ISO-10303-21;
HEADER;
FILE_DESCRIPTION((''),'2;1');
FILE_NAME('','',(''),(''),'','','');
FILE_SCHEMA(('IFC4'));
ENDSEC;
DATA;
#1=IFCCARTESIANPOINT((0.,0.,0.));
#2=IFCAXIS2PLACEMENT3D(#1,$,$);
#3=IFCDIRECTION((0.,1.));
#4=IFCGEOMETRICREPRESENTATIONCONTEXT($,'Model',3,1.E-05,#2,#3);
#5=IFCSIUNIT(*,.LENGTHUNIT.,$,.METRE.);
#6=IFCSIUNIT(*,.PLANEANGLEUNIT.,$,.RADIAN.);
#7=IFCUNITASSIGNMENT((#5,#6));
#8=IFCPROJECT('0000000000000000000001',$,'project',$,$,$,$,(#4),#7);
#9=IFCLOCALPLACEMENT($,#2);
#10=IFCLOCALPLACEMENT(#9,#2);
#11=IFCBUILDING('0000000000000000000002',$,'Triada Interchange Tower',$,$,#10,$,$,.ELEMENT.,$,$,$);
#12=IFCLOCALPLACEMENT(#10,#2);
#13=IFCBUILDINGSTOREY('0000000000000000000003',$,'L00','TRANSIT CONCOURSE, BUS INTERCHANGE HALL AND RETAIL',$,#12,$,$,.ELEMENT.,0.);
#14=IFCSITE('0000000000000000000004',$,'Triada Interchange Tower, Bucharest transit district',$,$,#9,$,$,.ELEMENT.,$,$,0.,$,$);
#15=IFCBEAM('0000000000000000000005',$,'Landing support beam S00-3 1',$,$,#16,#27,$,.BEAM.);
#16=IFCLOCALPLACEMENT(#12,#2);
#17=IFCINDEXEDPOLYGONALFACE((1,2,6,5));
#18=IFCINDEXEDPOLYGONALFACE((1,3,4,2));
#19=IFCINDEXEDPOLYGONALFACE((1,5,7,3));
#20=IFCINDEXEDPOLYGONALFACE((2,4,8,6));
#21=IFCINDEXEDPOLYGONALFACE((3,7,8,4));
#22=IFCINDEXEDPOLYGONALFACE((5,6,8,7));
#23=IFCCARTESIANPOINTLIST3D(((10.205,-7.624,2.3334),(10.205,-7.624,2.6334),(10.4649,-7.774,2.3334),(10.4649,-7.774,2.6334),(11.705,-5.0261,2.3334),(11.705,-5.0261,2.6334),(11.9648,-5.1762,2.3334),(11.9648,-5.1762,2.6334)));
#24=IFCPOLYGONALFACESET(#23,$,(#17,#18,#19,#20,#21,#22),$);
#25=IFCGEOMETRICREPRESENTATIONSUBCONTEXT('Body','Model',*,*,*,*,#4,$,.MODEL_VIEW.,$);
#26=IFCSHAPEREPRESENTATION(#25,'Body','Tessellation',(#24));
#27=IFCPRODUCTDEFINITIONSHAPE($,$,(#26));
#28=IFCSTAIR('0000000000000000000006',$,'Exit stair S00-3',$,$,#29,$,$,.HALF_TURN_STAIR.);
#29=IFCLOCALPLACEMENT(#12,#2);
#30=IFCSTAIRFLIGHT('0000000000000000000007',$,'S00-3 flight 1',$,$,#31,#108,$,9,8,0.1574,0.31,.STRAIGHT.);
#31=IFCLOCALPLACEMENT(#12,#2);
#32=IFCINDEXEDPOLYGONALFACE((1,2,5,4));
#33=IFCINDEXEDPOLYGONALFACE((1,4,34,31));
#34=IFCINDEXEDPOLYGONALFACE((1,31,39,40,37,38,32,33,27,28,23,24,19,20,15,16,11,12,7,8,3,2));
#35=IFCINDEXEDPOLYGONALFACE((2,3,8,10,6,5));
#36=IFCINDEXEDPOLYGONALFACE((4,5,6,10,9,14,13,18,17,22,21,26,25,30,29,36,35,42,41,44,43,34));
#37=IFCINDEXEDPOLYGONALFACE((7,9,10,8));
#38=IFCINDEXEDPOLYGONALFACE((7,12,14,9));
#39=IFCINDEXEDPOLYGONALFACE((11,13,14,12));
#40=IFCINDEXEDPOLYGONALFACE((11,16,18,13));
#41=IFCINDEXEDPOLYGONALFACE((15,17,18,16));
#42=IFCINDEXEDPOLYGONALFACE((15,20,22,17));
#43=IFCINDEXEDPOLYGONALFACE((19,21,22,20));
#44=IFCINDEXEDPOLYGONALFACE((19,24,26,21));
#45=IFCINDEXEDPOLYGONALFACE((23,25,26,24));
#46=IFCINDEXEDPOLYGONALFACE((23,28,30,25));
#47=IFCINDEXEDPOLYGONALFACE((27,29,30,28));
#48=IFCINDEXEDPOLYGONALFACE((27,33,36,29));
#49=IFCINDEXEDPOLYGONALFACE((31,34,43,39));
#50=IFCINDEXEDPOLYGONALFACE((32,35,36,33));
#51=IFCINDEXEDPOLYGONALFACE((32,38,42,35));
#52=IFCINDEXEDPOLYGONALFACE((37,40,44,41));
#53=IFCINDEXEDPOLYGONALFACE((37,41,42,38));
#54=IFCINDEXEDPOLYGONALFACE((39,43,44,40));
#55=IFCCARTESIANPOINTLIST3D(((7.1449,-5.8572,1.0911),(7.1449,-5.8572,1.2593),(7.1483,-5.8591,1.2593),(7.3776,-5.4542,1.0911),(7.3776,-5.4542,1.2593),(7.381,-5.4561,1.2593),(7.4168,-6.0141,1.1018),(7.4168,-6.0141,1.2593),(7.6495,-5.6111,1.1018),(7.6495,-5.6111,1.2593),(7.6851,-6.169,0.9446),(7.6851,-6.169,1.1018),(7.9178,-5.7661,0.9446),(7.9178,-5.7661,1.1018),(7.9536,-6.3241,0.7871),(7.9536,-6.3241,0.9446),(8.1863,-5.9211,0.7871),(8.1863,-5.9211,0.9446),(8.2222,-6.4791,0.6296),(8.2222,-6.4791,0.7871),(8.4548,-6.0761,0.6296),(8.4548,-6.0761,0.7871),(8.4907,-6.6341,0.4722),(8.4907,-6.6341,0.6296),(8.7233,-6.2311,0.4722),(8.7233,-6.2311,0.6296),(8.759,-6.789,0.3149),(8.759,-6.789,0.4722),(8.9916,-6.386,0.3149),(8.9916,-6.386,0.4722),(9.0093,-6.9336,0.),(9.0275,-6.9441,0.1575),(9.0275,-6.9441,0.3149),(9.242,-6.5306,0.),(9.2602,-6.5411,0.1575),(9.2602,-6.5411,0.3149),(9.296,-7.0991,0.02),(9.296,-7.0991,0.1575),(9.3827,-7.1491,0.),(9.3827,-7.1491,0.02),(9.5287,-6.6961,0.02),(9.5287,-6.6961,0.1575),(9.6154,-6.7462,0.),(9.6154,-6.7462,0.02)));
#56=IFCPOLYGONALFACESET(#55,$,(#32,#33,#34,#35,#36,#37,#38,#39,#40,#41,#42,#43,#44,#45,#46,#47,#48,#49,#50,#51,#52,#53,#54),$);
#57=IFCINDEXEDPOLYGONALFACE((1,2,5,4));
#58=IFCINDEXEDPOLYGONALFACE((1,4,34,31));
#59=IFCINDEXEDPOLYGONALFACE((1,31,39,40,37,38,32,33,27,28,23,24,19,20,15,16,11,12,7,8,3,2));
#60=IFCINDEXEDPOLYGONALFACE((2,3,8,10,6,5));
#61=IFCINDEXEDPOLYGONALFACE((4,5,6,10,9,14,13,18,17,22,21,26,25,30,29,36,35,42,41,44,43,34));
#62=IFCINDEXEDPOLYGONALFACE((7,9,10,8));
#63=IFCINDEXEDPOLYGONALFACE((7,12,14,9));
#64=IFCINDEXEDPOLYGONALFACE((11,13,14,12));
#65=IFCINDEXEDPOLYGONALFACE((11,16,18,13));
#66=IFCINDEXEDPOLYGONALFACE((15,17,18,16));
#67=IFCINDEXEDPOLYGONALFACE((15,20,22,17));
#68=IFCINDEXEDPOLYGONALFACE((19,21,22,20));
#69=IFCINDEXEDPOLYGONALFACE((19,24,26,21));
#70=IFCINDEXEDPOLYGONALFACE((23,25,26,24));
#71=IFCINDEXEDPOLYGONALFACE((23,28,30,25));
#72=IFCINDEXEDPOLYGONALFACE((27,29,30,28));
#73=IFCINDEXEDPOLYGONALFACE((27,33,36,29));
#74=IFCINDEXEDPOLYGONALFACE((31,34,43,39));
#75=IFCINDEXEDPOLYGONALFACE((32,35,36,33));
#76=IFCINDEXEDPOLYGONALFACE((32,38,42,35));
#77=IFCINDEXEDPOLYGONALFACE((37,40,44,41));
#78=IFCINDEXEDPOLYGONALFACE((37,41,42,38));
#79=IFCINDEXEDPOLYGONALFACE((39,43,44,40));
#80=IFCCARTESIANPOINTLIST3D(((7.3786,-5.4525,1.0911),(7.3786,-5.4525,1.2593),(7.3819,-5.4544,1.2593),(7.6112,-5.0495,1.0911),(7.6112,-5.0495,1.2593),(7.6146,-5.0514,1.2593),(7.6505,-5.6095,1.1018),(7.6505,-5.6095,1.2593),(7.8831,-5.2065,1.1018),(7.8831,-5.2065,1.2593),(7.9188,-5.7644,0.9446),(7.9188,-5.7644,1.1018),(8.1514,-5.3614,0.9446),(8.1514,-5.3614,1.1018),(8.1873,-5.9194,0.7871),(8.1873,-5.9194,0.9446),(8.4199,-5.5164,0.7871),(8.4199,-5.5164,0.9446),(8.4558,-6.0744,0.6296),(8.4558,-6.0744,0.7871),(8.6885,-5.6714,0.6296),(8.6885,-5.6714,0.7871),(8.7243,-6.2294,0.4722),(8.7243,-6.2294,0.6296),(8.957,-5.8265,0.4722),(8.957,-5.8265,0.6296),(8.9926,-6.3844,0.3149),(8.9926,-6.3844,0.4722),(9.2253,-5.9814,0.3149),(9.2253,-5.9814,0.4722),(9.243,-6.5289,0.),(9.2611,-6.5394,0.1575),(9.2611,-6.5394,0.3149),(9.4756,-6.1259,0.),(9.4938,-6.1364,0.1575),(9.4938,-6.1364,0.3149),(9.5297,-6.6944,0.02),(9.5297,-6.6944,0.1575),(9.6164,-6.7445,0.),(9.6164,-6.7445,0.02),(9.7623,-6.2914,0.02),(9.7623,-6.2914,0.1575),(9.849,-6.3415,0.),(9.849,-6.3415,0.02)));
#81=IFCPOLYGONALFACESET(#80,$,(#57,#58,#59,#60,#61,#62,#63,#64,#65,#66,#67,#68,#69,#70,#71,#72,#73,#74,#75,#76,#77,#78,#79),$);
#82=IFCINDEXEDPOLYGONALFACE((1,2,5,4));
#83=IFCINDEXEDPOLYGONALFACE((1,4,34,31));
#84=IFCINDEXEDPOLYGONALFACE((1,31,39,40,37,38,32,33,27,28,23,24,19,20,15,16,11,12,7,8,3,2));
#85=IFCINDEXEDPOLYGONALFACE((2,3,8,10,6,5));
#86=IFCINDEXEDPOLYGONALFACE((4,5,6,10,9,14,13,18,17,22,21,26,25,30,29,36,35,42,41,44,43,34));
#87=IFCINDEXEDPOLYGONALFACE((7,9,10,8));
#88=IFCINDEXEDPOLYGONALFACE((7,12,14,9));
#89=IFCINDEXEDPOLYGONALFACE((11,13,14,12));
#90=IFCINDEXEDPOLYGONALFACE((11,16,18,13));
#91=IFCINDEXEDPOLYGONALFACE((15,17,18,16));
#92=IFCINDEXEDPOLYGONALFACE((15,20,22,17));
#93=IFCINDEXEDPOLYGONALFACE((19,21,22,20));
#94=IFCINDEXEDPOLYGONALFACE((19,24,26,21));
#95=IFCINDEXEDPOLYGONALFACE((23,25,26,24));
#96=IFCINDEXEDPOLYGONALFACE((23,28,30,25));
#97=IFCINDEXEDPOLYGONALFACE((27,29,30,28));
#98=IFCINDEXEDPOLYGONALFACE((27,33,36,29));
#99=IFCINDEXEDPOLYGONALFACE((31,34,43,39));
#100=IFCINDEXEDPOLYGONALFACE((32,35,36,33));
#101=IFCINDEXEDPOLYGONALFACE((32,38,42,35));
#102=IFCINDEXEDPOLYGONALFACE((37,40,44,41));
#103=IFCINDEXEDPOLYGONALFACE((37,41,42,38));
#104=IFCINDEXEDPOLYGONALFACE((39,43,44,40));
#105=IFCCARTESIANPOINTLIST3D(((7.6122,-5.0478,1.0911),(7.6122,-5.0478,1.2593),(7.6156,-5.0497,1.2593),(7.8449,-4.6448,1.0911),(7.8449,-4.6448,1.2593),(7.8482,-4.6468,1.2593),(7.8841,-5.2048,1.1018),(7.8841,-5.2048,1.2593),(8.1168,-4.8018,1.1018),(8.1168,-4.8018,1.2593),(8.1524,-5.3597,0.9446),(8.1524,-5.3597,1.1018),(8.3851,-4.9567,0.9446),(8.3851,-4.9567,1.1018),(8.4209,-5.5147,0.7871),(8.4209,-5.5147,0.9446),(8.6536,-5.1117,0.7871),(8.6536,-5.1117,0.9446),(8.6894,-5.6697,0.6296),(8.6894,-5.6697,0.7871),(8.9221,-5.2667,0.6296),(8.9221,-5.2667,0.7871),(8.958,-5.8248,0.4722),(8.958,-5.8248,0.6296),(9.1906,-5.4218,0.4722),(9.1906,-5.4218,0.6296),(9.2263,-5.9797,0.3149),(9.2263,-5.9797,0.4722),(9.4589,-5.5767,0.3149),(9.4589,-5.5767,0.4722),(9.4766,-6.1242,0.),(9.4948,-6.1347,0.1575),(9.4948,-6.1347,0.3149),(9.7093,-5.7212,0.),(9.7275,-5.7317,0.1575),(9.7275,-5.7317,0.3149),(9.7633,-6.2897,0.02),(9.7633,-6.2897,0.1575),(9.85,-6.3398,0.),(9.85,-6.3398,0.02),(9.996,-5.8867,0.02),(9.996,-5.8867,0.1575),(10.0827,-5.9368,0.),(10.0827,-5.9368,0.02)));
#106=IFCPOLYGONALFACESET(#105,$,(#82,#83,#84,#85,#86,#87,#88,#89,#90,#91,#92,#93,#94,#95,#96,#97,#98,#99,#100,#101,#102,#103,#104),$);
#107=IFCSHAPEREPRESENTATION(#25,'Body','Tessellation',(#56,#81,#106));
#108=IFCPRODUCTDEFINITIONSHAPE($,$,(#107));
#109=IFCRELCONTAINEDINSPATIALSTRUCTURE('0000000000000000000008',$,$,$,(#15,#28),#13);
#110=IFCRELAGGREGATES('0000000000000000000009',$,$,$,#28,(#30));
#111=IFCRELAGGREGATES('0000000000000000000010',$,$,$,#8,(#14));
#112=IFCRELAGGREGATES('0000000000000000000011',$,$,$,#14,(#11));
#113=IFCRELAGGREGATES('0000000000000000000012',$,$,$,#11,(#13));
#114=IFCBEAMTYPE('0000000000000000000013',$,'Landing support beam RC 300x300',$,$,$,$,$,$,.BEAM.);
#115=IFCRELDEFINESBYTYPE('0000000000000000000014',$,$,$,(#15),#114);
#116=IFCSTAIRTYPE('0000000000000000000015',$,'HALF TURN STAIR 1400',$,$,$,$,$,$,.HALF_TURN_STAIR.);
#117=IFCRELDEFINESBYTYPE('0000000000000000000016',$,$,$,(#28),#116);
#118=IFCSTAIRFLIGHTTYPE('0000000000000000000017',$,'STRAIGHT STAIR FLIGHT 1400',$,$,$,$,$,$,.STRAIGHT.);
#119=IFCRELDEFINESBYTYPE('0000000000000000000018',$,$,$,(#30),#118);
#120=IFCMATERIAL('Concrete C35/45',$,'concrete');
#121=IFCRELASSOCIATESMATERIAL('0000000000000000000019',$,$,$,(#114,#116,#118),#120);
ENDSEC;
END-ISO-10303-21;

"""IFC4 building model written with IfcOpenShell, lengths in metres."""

from ifc_helpers import new_model, si_unit, direction, frame, origin, origin_2d, place, context, subcontext, project, spatial, polyline, rectangle, outline, extrude, material, material_profile, profile_set, type_object, element, aggregate, save


model = new_model("IFC4")

# Units and contexts
model_context = context("Model", 3, precision=1e-05, world=origin(), true_north=direction((0.0, 1.0)))
body_context = subcontext(model_context, "Body", "Model", "MODEL_VIEW")
ifc_project = project(units=[si_unit("LENGTHUNIT", "METRE"), si_unit("PLANEANGLEUNIT", "RADIAN")], contexts=[model_context])

# Site, building, storey
site_placement = place(None, origin())
site = spatial("IfcSite", under=ifc_project, at=site_placement, Name="Triada Interchange Tower, Bucharest transit district", CompositionType="ELEMENT", RefElevation=0.0)
building_placement = place(site_placement, origin())
building = spatial("IfcBuilding", under=site, at=building_placement, Name="Triada Interchange Tower", CompositionType="ELEMENT")
storey_placement = place(building_placement, origin())
storey = spatial("IfcBuildingStorey", under=building, at=storey_placement, Name="L00", Description="TRANSIT CONCOURSE, BUS INTERCHANGE HALL AND RETAIL", CompositionType="ELEMENT", Elevation=0.0)

# Beam
ifc_material_1 = material(Name="Concrete C35/45", Category="concrete")
ifc_material_profile = material_profile(ifc_material_1, rectangle(XDim=0.3, YDim=0.3, at=origin_2d()), Name="RC 300x300")
ifc_profile_set = profile_set([ifc_material_profile], Name="Concrete C35/45")
beam_type = type_object("IfcBeamType", Name="Landing support beam RC 300x300", PredefinedType="BEAM", material=ifc_profile_set)
beam_placement = place(storey_placement, frame((10.335, -7.699, 2.4834), z_axis=(0.500025, 0.866011, 0.0), x_axis=(-0.866011, 0.500025, 0.0)))
element("IfcBeam", 1, at=beam_placement, inside=storey, type_object=beam_type, Name="Landing support beam S00-3 1", PredefinedType="BEAM", context=body_context, shape_type="SweptSolid", body=[
    extrude(rectangle(XDim=0.3, YDim=0.3, at=origin_2d()), origin(), (0.0, 0.0, 1.0), 2.9998),
])

# Stair, stair flight
stair_type = type_object("IfcStairType", Name="HALF TURN STAIR 1400", PredefinedType="HALF_TURN_STAIR", material=ifc_material_1)
stair_placement = place(storey_placement, origin())
stair = element("IfcStair", 2, at=stair_placement, inside=storey, type_object=stair_type, Name="Exit stair S00-3", PredefinedType="HALF_TURN_STAIR")
stair_flight_type = type_object("IfcStairFlightType", Name="STRAIGHT STAIR FLIGHT 1400", PredefinedType="STRAIGHT", material=ifc_material_1)
stair_flight_1_placement = place(storey_placement, frame((9.646, -6.4929, 0.0), z_axis=(0.0, 0.0, 1.0), x_axis=(-0.866025, 0.5, 0.0)))
stair_flight_1 = element("IfcStairFlight", 3, at=stair_flight_1_placement, type_object=stair_flight_type, Name="S00-3 flight 1", NumberOfRisers=9, NumberOfTreads=8, PredefinedType="STRAIGHT", RiserHeight=0.1574, TreadLength=0.31, context=body_context, shape_type="SweptSolid", body=[
    extrude(outline(polyline([(-0.1001, 0.0), (-0.1001, 0.02), (0.0, 0.02), (0.0, 0.1575), (0.3101, 0.1575), (0.3101, 0.3149), (0.6201, 0.3149), (0.6201, 0.4722), (0.9299, 0.4722), (0.9299, 0.6296), (1.24, 0.6296), (1.24, 0.7871), (1.55, 0.7871), (1.55, 0.9446), (1.8601, 0.9446), (1.8601, 1.1018), (2.1699, 1.1018), (2.1699, 1.2593), (2.48, 1.2593), (2.4839, 1.2593), (2.4839, 1.4167), (2.4839, 1.0911), (0.3311, 0.0), (-0.1001, 0.0)])), frame((0.0, 0.7, 0.0), z_axis=(0.0, -1.0, 0.0), x_axis=(1.0, 0.0, 0.0)), (0.0, 0.0, 1.0), 0.4653),
    extrude(outline(polyline([(-0.1001, 0.0), (-0.1001, 0.02), (0.0, 0.02), (0.0, 0.1575), (0.3101, 0.1575), (0.3101, 0.3149), (0.6201, 0.3149), (0.6201, 0.4722), (0.9299, 0.4722), (0.9299, 0.6296), (1.24, 0.6296), (1.24, 0.7871), (1.55, 0.7871), (1.55, 0.9446), (1.8601, 0.9446), (1.8601, 1.1018), (2.1699, 1.1018), (2.1699, 1.2593), (2.48, 1.2593), (2.4839, 1.2593), (2.4839, 1.4167), (2.4839, 1.0911), (0.3311, 0.0), (-0.1001, 0.0)])), frame((0.0, 0.2327, 0.0), z_axis=(0.0, -1.0, 0.0), x_axis=(1.0, 0.0, 0.0)), (0.0, 0.0, 1.0), 0.4653),
    extrude(outline(polyline([(-0.1001, 0.0), (-0.1001, 0.02), (0.0, 0.02), (0.0, 0.1575), (0.3101, 0.1575), (0.3101, 0.3149), (0.6201, 0.3149), (0.6201, 0.4722), (0.9299, 0.4722), (0.9299, 0.6296), (1.24, 0.6296), (1.24, 0.7871), (1.55, 0.7871), (1.55, 0.9446), (1.8601, 0.9446), (1.8601, 1.1018), (2.1699, 1.1018), (2.1699, 1.2593), (2.48, 1.2593), (2.4839, 1.2593), (2.4839, 1.4167), (2.4839, 1.0911), (0.3311, 0.0), (-0.1001, 0.0)])), frame((0.0, -0.2346, 0.0), z_axis=(0.0, -1.0, 0.0), x_axis=(1.0, 0.0, 0.0)), (0.0, 0.0, 1.0), 0.4653),
])
aggregate(stair, [stair_flight_1])

save(model, "model.ifc")
